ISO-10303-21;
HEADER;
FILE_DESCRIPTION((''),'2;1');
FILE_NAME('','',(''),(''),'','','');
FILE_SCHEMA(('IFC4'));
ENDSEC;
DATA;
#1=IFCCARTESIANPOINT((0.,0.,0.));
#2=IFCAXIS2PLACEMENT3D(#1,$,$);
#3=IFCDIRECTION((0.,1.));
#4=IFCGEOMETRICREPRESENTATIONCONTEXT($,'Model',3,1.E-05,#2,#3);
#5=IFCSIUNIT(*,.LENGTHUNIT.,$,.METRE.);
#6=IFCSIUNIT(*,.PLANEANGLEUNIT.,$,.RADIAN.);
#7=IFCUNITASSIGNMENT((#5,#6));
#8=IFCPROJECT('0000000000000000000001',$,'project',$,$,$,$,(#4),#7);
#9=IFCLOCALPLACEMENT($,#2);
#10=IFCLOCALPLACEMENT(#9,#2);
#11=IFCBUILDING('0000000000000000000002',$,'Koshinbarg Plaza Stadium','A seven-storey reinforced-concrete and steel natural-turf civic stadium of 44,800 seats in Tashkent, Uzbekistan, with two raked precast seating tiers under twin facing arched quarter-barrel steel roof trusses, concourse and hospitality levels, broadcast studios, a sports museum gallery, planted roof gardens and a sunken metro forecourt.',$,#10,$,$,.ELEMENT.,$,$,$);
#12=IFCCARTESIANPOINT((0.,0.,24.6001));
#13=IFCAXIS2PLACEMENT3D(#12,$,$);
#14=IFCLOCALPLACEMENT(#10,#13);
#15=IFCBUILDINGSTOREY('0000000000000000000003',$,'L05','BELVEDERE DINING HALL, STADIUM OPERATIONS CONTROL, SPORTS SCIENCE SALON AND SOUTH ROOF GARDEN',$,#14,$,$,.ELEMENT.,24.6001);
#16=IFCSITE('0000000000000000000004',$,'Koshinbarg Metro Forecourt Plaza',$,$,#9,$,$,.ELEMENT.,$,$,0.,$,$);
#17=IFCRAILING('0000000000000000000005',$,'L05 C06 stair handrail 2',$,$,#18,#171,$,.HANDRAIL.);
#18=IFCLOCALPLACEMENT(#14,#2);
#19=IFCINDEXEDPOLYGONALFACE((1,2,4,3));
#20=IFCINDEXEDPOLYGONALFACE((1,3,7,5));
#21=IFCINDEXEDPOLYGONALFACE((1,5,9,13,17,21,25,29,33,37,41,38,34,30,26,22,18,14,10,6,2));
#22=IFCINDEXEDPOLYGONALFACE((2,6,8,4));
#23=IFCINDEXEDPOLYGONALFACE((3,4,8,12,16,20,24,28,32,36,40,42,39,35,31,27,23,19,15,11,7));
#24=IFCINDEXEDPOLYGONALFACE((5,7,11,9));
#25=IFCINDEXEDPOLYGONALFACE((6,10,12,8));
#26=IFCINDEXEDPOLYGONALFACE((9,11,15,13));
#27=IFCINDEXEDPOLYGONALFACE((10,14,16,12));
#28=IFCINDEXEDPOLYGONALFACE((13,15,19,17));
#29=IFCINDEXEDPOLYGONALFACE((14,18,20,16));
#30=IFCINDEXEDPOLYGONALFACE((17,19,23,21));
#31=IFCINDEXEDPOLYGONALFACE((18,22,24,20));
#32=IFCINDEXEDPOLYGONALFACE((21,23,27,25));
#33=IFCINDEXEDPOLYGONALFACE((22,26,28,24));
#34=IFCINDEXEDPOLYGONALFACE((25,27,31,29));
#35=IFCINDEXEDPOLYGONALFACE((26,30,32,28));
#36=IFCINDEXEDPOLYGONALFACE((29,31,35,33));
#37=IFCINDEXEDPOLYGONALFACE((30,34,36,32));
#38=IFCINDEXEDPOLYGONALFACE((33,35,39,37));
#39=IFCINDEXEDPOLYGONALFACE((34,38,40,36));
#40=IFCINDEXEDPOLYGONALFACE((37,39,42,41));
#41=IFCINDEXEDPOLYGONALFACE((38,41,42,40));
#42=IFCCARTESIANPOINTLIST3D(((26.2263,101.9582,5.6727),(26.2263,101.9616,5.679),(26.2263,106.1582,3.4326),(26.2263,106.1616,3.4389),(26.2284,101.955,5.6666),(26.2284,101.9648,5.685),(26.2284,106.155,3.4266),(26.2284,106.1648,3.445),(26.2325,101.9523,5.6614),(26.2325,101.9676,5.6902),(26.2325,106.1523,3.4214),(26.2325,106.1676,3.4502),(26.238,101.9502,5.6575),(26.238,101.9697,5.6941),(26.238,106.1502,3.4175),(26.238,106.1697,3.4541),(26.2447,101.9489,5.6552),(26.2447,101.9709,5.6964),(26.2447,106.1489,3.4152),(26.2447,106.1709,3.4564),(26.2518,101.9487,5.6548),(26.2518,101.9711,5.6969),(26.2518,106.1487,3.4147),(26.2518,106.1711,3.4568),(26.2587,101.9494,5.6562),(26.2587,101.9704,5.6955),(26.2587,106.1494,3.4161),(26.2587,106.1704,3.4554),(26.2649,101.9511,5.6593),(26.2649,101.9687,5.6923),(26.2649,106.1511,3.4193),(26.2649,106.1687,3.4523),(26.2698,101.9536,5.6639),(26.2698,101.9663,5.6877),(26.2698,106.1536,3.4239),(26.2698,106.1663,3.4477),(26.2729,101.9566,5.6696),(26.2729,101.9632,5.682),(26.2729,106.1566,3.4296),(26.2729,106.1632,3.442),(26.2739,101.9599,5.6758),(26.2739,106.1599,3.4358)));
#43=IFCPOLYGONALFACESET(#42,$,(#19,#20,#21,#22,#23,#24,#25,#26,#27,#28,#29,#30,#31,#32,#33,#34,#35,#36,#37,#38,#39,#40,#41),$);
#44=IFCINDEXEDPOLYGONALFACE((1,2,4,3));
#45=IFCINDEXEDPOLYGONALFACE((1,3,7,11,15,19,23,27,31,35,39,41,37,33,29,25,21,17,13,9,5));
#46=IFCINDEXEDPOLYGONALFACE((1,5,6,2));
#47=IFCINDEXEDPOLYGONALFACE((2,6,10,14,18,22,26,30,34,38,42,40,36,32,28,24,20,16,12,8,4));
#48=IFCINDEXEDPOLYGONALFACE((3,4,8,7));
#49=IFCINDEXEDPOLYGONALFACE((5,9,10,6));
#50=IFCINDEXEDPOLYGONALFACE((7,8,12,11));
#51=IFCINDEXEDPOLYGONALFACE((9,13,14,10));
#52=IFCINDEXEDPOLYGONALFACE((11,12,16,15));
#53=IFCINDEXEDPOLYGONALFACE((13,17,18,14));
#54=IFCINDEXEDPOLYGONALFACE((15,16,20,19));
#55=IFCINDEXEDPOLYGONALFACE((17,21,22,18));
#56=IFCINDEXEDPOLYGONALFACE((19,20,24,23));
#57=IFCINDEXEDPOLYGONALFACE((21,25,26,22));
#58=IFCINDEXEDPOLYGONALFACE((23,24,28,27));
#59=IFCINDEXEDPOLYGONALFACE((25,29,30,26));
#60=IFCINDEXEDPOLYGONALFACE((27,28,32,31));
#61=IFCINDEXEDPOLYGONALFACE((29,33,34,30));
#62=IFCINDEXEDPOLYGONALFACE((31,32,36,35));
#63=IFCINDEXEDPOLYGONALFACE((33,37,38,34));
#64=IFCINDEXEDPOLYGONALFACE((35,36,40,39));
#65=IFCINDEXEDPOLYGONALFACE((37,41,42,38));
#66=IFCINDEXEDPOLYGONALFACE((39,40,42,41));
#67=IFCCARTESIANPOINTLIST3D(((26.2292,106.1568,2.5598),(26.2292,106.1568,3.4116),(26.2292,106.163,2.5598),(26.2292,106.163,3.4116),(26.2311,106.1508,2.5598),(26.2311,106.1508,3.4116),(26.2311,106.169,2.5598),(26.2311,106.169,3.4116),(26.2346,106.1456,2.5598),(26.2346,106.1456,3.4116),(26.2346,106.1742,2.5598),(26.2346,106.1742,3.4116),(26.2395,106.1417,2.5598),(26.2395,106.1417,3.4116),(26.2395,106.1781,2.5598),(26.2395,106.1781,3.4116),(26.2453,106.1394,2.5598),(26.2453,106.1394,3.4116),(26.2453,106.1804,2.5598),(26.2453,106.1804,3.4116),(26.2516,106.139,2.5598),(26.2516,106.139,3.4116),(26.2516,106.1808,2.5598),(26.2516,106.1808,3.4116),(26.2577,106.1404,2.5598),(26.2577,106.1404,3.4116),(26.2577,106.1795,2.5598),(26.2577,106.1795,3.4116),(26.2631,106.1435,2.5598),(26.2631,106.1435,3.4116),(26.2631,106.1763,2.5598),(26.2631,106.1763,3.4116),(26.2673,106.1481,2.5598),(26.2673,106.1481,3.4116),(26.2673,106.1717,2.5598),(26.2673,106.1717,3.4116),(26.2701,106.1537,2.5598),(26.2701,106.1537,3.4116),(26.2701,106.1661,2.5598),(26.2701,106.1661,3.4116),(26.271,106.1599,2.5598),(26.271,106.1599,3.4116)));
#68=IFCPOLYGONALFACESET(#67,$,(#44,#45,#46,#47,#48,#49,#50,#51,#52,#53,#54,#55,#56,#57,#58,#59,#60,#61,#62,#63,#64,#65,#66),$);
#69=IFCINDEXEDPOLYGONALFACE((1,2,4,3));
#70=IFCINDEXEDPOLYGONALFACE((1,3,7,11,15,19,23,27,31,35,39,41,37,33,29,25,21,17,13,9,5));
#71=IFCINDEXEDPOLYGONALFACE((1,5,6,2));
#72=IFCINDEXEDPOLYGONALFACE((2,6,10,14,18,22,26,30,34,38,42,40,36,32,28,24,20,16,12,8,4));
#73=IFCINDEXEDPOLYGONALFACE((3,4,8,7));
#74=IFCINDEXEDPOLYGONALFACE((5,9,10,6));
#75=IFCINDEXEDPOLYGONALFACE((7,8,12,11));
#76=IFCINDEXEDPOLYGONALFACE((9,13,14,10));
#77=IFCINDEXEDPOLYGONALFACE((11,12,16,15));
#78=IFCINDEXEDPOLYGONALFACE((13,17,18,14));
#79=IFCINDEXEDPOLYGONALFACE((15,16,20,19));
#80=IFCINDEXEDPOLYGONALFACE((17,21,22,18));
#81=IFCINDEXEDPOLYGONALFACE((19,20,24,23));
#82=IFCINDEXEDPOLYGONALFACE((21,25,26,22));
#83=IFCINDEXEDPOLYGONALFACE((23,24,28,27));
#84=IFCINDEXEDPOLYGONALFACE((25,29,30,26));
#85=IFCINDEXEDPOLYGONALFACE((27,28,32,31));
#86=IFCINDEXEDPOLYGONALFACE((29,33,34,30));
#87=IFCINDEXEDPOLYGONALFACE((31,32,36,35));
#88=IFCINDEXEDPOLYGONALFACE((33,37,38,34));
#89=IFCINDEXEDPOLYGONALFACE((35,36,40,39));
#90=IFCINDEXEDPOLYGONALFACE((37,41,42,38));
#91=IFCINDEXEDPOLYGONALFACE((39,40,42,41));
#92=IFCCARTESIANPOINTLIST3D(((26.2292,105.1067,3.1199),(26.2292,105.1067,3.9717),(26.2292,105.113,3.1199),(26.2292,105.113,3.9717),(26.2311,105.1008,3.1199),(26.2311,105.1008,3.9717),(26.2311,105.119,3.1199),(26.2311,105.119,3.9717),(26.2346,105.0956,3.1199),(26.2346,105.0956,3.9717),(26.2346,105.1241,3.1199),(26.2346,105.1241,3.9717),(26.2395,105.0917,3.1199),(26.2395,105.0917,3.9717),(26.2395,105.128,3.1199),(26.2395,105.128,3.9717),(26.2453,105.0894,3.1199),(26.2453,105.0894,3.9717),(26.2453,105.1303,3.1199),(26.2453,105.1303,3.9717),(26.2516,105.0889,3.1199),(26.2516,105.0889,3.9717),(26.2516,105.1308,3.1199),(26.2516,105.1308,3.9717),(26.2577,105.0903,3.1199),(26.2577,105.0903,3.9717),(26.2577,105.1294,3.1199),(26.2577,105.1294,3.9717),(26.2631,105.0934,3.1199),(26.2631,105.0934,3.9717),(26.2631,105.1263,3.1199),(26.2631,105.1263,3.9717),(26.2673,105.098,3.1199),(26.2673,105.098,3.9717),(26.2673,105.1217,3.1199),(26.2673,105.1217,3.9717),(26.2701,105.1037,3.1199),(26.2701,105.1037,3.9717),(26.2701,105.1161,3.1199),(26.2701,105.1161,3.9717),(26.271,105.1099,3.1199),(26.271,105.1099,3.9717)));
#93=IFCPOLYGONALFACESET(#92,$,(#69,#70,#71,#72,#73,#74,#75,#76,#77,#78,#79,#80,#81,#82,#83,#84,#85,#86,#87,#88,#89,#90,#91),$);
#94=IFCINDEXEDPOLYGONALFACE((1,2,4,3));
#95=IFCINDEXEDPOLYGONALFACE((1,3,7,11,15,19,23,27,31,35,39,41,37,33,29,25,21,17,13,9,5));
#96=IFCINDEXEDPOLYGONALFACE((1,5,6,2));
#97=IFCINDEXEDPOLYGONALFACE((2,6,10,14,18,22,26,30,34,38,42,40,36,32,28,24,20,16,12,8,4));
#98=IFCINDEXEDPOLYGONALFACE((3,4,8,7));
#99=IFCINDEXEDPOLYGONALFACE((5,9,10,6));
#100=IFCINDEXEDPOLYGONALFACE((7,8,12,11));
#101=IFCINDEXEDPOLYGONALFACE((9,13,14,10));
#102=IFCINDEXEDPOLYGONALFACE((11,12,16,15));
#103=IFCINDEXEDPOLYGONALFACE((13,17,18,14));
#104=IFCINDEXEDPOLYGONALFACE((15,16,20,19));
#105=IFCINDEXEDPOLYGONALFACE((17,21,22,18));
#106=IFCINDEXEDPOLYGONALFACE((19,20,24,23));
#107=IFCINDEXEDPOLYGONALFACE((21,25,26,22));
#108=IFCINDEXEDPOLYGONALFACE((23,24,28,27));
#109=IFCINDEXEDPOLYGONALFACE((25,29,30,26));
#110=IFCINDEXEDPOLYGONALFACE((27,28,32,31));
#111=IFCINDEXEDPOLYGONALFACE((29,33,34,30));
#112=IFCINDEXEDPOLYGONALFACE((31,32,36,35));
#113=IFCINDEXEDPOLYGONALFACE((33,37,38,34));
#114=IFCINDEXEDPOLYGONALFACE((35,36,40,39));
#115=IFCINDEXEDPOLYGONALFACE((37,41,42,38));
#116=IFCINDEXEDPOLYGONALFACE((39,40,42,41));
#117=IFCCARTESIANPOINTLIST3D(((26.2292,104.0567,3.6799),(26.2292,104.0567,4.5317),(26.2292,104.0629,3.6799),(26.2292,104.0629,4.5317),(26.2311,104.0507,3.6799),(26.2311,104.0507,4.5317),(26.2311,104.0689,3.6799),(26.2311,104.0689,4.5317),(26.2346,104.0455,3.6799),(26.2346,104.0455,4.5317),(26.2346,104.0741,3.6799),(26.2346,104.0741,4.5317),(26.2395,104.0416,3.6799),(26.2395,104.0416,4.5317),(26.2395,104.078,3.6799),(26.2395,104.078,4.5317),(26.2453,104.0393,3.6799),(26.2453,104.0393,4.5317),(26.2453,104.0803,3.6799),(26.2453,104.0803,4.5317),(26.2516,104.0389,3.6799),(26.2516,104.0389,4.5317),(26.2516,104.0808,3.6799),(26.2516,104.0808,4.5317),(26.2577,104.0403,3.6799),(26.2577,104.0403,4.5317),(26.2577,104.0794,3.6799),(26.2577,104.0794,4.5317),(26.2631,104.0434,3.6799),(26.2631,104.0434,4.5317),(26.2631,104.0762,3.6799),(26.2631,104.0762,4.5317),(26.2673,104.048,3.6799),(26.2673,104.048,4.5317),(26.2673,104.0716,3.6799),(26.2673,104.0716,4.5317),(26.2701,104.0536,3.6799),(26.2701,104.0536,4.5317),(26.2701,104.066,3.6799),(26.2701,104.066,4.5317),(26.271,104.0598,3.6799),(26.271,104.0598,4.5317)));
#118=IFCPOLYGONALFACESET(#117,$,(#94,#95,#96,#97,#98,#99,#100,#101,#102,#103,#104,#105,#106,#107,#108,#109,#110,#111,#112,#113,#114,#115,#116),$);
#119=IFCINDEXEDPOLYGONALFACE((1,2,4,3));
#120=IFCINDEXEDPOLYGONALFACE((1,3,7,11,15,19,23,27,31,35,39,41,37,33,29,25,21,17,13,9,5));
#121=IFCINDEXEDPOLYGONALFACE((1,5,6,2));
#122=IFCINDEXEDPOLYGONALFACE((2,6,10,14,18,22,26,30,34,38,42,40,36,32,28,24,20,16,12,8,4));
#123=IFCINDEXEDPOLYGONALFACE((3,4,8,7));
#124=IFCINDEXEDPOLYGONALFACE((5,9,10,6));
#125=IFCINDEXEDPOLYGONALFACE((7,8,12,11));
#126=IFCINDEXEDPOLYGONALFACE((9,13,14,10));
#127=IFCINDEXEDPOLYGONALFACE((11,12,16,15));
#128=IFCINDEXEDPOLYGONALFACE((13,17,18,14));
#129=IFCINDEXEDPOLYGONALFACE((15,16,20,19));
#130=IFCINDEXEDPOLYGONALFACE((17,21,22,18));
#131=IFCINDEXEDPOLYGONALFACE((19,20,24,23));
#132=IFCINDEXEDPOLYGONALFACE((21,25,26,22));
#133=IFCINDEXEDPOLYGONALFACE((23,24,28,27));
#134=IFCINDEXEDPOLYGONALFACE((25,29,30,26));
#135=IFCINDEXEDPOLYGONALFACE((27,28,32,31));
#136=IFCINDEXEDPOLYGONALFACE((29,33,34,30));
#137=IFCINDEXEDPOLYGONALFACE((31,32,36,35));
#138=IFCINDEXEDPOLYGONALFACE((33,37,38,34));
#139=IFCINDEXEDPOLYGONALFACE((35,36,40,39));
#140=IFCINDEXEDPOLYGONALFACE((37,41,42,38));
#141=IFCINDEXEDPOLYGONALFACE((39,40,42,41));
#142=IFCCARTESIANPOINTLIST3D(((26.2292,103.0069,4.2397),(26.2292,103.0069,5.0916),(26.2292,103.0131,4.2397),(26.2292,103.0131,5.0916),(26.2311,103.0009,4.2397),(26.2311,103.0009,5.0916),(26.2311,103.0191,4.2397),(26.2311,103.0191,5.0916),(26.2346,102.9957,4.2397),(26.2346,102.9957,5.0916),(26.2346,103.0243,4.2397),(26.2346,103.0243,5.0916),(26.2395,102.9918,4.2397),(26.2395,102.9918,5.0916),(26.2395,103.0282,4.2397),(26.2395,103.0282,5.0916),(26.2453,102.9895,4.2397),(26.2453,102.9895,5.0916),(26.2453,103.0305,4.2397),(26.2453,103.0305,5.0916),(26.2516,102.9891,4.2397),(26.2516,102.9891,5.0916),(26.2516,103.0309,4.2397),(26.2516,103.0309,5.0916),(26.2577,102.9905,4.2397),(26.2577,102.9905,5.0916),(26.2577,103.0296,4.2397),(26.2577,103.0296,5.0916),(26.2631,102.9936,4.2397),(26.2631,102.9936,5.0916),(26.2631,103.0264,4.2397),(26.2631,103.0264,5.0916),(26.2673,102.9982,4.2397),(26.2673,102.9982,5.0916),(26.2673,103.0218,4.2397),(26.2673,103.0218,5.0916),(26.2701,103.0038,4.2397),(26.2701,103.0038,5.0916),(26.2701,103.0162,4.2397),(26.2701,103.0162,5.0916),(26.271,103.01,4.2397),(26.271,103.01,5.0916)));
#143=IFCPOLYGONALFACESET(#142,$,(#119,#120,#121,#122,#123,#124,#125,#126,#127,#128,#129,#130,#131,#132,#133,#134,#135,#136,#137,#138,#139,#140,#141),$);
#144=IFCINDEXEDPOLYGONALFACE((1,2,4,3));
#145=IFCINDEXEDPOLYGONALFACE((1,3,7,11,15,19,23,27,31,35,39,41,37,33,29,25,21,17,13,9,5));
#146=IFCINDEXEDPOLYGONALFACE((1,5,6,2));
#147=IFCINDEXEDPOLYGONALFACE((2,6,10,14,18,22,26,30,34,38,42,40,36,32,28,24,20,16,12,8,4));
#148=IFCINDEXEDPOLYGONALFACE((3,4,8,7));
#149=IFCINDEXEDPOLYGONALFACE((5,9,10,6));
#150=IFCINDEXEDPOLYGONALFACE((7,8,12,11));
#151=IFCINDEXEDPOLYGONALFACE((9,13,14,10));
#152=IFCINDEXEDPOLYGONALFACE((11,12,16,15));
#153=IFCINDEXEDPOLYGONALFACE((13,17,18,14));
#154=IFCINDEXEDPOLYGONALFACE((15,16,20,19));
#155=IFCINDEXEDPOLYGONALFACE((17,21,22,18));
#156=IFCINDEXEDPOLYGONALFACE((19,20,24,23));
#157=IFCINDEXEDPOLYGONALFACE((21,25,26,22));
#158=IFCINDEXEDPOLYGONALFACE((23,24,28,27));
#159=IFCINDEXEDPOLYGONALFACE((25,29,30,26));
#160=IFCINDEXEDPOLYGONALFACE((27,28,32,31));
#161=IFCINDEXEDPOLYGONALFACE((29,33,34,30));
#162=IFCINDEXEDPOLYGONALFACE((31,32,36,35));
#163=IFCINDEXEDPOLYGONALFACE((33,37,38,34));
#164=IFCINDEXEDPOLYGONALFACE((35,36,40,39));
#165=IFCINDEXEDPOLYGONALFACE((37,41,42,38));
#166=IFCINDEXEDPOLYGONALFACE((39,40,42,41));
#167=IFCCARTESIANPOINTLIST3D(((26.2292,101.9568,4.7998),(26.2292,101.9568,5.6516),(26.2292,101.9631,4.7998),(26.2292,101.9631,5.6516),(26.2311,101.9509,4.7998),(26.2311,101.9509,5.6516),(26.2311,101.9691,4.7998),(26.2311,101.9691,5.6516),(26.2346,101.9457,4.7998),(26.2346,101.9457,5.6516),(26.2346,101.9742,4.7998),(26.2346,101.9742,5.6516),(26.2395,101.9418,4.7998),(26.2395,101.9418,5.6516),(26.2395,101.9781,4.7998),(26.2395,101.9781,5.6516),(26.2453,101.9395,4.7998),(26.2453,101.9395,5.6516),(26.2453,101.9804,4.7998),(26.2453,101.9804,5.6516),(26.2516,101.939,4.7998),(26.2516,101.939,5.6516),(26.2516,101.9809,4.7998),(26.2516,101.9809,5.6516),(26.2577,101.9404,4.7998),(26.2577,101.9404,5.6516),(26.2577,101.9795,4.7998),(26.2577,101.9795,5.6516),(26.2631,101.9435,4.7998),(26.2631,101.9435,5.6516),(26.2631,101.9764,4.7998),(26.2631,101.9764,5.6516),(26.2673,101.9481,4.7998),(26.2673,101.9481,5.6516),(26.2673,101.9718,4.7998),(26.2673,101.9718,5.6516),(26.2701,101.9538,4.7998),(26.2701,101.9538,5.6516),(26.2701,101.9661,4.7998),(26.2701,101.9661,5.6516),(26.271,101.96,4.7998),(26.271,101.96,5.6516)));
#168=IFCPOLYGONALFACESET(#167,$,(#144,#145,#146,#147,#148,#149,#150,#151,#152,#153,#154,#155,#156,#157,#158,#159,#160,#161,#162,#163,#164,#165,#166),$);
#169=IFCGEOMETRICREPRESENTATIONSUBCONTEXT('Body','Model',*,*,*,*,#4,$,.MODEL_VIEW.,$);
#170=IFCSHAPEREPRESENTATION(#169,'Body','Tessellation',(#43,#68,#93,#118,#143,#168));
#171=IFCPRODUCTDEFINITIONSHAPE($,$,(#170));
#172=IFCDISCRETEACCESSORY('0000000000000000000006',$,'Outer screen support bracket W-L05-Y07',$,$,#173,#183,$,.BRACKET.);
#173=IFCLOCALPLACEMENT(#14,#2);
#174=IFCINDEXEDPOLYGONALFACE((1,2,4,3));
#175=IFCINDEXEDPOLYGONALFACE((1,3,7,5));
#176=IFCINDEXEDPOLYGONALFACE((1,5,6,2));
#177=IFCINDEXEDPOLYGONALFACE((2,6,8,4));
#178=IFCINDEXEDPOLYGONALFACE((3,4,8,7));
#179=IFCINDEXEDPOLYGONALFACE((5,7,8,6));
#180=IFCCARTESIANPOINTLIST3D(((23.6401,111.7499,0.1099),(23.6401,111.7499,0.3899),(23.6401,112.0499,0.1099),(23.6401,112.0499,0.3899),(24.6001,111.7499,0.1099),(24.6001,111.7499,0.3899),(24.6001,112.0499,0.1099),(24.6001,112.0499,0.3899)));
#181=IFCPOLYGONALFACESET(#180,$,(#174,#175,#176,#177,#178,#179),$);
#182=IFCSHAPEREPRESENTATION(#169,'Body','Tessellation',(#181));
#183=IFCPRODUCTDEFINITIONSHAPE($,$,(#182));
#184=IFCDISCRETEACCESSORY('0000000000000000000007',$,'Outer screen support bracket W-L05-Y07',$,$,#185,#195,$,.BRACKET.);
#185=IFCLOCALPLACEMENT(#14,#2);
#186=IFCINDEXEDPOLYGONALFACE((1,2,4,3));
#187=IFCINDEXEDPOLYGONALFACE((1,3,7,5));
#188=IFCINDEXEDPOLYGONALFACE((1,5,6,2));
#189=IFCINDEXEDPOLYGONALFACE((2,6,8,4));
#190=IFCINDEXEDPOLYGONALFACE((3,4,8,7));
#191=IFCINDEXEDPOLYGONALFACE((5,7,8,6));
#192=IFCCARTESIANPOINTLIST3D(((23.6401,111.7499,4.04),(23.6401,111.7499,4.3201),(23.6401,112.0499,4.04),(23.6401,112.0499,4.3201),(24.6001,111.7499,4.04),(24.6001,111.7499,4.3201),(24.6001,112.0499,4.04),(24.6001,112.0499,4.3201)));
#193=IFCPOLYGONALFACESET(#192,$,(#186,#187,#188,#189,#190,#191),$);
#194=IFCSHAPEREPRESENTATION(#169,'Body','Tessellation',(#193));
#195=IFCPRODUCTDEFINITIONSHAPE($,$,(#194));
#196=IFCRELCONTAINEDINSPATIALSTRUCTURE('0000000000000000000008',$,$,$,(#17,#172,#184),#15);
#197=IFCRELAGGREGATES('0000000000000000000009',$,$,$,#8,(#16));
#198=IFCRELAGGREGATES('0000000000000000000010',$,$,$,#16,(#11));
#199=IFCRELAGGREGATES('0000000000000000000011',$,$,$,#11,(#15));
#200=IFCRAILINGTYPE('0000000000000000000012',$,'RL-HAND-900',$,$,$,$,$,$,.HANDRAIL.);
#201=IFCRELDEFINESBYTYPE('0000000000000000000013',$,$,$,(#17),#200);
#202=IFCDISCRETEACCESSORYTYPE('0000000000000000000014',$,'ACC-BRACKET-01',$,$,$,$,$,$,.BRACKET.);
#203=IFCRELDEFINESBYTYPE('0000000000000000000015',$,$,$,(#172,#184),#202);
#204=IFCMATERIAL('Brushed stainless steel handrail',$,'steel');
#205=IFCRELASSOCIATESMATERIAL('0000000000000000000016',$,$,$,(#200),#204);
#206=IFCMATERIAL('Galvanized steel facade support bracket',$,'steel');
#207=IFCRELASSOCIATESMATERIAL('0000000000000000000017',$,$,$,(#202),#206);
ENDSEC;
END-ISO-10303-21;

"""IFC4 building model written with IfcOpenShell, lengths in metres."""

from ifc_helpers import new_model, si_unit, direction, frame, origin, origin_2d, place, context, subcontext, project, spatial, rectangle, circle, extrude, material, type_object, element, save


model = new_model("IFC4")

# Units and contexts
model_context = context("Model", 3, precision=1e-05, world=origin(), true_north=direction((0.0, 1.0)))
body_context = subcontext(model_context, "Body", "Model", "MODEL_VIEW")
ifc_project = project(units=[si_unit("LENGTHUNIT", "METRE"), si_unit("PLANEANGLEUNIT", "RADIAN")], contexts=[model_context])

# Site, building, storey
site_placement = place(None, origin())
site = spatial("IfcSite", under=ifc_project, at=site_placement, Name="Koshinbarg Metro Forecourt Plaza", CompositionType="ELEMENT", RefElevation=0.0)
building_placement = place(site_placement, origin())
building = spatial("IfcBuilding", under=site, at=building_placement, Name="Koshinbarg Plaza Stadium", Description="A seven-storey reinforced-concrete and steel natural-turf civic stadium of 44,800 seats in Tashkent, Uzbekistan, with two raked precast seating tiers under twin facing arched quarter-barrel steel roof trusses, concourse and hospitality levels, broadcast studios, a sports museum gallery, planted roof gardens and a sunken metro forecourt.", CompositionType="ELEMENT")
storey_placement = place(building_placement, frame((0.0, 0.0, 24.6001)))
storey = spatial("IfcBuildingStorey", under=building, at=storey_placement, Name="L05", Description="BELVEDERE DINING HALL, STADIUM OPERATIONS CONTROL, SPORTS SCIENCE SALON AND SOUTH ROOF GARDEN", CompositionType="ELEMENT", Elevation=24.6001)

# Railing
ifc_material_1 = material(Name="Brushed stainless steel handrail", Category="steel")
railing_type_1 = type_object("IfcRailingType", Name="RL-HAND-900", PredefinedType="HANDRAIL", material=ifc_material_1)
railing_1_placement = place(storey_placement, frame((26.25, 106.1599, 2.5598)))
element("IfcRailing", 1, at=railing_1_placement, inside=storey, type_object=railing_type_1, Name="L05 C06 stair handrail 2", PredefinedType="HANDRAIL", context=body_context, shape_type="SweptSolid", body=[
    extrude(circle(Radius=0.0239, at=origin_2d()), frame((0.0, 0.0, 0.876), z_axis=(0.0, -0.882352, 0.470591), x_axis=(1.0, 0.0, 0.0)), (0.0, 0.0, 1.0), 4.76),
    extrude(circle(Radius=0.021, at=origin_2d()), origin(), (0.0, 0.0, 1.0), 0.8518),
    extrude(circle(Radius=0.021, at=origin_2d()), frame((0.0, -1.05, 0.5601)), (0.0, 0.0, 1.0), 0.8518),
    extrude(circle(Radius=0.021, at=origin_2d()), frame((0.0, -2.1001, 1.1201)), (0.0, 0.0, 1.0), 0.8518),
    extrude(circle(Radius=0.021, at=origin_2d()), frame((0.0, -3.1499, 1.6799)), (0.0, 0.0, 1.0), 0.8518),
    extrude(circle(Radius=0.021, at=origin_2d()), frame((0.0, -4.2, 2.24)), (0.0, 0.0, 1.0), 0.8518),
])

# Discrete accessories
ifc_material_2 = material(Name="Galvanized steel facade support bracket", Category="steel")
discrete_accessory_type = type_object("IfcDiscreteAccessoryType", Name="ACC-BRACKET-01", PredefinedType="BRACKET", material=ifc_material_2)
for number, where, z_axis, x_axis, name in (
    (2, (24.1201, 111.8999, 0.1099), (0.0, 0.0, 1.0), (1.0, 0.0, 0.0), "Outer screen support bracket W-L05-Y07"),
    (3, (24.1201, 111.8999, 4.04), (0.0, 0.0, 1.0), (1.0, 0.0, 0.0), "Outer screen support bracket W-L05-Y07"),
):
    element("IfcDiscreteAccessory", number, at=place(storey_placement, frame(where, z_axis=z_axis, x_axis=x_axis)), inside=storey, type_object=discrete_accessory_type, Name=name, PredefinedType="BRACKET", context=body_context, shape_type="SweptSolid", body=[
        extrude(rectangle(XDim=0.96, YDim=0.3, at=origin_2d()), origin(), (0.0, 0.0, 1.0), 0.28),
    ])

save(model, "model.ifc")
